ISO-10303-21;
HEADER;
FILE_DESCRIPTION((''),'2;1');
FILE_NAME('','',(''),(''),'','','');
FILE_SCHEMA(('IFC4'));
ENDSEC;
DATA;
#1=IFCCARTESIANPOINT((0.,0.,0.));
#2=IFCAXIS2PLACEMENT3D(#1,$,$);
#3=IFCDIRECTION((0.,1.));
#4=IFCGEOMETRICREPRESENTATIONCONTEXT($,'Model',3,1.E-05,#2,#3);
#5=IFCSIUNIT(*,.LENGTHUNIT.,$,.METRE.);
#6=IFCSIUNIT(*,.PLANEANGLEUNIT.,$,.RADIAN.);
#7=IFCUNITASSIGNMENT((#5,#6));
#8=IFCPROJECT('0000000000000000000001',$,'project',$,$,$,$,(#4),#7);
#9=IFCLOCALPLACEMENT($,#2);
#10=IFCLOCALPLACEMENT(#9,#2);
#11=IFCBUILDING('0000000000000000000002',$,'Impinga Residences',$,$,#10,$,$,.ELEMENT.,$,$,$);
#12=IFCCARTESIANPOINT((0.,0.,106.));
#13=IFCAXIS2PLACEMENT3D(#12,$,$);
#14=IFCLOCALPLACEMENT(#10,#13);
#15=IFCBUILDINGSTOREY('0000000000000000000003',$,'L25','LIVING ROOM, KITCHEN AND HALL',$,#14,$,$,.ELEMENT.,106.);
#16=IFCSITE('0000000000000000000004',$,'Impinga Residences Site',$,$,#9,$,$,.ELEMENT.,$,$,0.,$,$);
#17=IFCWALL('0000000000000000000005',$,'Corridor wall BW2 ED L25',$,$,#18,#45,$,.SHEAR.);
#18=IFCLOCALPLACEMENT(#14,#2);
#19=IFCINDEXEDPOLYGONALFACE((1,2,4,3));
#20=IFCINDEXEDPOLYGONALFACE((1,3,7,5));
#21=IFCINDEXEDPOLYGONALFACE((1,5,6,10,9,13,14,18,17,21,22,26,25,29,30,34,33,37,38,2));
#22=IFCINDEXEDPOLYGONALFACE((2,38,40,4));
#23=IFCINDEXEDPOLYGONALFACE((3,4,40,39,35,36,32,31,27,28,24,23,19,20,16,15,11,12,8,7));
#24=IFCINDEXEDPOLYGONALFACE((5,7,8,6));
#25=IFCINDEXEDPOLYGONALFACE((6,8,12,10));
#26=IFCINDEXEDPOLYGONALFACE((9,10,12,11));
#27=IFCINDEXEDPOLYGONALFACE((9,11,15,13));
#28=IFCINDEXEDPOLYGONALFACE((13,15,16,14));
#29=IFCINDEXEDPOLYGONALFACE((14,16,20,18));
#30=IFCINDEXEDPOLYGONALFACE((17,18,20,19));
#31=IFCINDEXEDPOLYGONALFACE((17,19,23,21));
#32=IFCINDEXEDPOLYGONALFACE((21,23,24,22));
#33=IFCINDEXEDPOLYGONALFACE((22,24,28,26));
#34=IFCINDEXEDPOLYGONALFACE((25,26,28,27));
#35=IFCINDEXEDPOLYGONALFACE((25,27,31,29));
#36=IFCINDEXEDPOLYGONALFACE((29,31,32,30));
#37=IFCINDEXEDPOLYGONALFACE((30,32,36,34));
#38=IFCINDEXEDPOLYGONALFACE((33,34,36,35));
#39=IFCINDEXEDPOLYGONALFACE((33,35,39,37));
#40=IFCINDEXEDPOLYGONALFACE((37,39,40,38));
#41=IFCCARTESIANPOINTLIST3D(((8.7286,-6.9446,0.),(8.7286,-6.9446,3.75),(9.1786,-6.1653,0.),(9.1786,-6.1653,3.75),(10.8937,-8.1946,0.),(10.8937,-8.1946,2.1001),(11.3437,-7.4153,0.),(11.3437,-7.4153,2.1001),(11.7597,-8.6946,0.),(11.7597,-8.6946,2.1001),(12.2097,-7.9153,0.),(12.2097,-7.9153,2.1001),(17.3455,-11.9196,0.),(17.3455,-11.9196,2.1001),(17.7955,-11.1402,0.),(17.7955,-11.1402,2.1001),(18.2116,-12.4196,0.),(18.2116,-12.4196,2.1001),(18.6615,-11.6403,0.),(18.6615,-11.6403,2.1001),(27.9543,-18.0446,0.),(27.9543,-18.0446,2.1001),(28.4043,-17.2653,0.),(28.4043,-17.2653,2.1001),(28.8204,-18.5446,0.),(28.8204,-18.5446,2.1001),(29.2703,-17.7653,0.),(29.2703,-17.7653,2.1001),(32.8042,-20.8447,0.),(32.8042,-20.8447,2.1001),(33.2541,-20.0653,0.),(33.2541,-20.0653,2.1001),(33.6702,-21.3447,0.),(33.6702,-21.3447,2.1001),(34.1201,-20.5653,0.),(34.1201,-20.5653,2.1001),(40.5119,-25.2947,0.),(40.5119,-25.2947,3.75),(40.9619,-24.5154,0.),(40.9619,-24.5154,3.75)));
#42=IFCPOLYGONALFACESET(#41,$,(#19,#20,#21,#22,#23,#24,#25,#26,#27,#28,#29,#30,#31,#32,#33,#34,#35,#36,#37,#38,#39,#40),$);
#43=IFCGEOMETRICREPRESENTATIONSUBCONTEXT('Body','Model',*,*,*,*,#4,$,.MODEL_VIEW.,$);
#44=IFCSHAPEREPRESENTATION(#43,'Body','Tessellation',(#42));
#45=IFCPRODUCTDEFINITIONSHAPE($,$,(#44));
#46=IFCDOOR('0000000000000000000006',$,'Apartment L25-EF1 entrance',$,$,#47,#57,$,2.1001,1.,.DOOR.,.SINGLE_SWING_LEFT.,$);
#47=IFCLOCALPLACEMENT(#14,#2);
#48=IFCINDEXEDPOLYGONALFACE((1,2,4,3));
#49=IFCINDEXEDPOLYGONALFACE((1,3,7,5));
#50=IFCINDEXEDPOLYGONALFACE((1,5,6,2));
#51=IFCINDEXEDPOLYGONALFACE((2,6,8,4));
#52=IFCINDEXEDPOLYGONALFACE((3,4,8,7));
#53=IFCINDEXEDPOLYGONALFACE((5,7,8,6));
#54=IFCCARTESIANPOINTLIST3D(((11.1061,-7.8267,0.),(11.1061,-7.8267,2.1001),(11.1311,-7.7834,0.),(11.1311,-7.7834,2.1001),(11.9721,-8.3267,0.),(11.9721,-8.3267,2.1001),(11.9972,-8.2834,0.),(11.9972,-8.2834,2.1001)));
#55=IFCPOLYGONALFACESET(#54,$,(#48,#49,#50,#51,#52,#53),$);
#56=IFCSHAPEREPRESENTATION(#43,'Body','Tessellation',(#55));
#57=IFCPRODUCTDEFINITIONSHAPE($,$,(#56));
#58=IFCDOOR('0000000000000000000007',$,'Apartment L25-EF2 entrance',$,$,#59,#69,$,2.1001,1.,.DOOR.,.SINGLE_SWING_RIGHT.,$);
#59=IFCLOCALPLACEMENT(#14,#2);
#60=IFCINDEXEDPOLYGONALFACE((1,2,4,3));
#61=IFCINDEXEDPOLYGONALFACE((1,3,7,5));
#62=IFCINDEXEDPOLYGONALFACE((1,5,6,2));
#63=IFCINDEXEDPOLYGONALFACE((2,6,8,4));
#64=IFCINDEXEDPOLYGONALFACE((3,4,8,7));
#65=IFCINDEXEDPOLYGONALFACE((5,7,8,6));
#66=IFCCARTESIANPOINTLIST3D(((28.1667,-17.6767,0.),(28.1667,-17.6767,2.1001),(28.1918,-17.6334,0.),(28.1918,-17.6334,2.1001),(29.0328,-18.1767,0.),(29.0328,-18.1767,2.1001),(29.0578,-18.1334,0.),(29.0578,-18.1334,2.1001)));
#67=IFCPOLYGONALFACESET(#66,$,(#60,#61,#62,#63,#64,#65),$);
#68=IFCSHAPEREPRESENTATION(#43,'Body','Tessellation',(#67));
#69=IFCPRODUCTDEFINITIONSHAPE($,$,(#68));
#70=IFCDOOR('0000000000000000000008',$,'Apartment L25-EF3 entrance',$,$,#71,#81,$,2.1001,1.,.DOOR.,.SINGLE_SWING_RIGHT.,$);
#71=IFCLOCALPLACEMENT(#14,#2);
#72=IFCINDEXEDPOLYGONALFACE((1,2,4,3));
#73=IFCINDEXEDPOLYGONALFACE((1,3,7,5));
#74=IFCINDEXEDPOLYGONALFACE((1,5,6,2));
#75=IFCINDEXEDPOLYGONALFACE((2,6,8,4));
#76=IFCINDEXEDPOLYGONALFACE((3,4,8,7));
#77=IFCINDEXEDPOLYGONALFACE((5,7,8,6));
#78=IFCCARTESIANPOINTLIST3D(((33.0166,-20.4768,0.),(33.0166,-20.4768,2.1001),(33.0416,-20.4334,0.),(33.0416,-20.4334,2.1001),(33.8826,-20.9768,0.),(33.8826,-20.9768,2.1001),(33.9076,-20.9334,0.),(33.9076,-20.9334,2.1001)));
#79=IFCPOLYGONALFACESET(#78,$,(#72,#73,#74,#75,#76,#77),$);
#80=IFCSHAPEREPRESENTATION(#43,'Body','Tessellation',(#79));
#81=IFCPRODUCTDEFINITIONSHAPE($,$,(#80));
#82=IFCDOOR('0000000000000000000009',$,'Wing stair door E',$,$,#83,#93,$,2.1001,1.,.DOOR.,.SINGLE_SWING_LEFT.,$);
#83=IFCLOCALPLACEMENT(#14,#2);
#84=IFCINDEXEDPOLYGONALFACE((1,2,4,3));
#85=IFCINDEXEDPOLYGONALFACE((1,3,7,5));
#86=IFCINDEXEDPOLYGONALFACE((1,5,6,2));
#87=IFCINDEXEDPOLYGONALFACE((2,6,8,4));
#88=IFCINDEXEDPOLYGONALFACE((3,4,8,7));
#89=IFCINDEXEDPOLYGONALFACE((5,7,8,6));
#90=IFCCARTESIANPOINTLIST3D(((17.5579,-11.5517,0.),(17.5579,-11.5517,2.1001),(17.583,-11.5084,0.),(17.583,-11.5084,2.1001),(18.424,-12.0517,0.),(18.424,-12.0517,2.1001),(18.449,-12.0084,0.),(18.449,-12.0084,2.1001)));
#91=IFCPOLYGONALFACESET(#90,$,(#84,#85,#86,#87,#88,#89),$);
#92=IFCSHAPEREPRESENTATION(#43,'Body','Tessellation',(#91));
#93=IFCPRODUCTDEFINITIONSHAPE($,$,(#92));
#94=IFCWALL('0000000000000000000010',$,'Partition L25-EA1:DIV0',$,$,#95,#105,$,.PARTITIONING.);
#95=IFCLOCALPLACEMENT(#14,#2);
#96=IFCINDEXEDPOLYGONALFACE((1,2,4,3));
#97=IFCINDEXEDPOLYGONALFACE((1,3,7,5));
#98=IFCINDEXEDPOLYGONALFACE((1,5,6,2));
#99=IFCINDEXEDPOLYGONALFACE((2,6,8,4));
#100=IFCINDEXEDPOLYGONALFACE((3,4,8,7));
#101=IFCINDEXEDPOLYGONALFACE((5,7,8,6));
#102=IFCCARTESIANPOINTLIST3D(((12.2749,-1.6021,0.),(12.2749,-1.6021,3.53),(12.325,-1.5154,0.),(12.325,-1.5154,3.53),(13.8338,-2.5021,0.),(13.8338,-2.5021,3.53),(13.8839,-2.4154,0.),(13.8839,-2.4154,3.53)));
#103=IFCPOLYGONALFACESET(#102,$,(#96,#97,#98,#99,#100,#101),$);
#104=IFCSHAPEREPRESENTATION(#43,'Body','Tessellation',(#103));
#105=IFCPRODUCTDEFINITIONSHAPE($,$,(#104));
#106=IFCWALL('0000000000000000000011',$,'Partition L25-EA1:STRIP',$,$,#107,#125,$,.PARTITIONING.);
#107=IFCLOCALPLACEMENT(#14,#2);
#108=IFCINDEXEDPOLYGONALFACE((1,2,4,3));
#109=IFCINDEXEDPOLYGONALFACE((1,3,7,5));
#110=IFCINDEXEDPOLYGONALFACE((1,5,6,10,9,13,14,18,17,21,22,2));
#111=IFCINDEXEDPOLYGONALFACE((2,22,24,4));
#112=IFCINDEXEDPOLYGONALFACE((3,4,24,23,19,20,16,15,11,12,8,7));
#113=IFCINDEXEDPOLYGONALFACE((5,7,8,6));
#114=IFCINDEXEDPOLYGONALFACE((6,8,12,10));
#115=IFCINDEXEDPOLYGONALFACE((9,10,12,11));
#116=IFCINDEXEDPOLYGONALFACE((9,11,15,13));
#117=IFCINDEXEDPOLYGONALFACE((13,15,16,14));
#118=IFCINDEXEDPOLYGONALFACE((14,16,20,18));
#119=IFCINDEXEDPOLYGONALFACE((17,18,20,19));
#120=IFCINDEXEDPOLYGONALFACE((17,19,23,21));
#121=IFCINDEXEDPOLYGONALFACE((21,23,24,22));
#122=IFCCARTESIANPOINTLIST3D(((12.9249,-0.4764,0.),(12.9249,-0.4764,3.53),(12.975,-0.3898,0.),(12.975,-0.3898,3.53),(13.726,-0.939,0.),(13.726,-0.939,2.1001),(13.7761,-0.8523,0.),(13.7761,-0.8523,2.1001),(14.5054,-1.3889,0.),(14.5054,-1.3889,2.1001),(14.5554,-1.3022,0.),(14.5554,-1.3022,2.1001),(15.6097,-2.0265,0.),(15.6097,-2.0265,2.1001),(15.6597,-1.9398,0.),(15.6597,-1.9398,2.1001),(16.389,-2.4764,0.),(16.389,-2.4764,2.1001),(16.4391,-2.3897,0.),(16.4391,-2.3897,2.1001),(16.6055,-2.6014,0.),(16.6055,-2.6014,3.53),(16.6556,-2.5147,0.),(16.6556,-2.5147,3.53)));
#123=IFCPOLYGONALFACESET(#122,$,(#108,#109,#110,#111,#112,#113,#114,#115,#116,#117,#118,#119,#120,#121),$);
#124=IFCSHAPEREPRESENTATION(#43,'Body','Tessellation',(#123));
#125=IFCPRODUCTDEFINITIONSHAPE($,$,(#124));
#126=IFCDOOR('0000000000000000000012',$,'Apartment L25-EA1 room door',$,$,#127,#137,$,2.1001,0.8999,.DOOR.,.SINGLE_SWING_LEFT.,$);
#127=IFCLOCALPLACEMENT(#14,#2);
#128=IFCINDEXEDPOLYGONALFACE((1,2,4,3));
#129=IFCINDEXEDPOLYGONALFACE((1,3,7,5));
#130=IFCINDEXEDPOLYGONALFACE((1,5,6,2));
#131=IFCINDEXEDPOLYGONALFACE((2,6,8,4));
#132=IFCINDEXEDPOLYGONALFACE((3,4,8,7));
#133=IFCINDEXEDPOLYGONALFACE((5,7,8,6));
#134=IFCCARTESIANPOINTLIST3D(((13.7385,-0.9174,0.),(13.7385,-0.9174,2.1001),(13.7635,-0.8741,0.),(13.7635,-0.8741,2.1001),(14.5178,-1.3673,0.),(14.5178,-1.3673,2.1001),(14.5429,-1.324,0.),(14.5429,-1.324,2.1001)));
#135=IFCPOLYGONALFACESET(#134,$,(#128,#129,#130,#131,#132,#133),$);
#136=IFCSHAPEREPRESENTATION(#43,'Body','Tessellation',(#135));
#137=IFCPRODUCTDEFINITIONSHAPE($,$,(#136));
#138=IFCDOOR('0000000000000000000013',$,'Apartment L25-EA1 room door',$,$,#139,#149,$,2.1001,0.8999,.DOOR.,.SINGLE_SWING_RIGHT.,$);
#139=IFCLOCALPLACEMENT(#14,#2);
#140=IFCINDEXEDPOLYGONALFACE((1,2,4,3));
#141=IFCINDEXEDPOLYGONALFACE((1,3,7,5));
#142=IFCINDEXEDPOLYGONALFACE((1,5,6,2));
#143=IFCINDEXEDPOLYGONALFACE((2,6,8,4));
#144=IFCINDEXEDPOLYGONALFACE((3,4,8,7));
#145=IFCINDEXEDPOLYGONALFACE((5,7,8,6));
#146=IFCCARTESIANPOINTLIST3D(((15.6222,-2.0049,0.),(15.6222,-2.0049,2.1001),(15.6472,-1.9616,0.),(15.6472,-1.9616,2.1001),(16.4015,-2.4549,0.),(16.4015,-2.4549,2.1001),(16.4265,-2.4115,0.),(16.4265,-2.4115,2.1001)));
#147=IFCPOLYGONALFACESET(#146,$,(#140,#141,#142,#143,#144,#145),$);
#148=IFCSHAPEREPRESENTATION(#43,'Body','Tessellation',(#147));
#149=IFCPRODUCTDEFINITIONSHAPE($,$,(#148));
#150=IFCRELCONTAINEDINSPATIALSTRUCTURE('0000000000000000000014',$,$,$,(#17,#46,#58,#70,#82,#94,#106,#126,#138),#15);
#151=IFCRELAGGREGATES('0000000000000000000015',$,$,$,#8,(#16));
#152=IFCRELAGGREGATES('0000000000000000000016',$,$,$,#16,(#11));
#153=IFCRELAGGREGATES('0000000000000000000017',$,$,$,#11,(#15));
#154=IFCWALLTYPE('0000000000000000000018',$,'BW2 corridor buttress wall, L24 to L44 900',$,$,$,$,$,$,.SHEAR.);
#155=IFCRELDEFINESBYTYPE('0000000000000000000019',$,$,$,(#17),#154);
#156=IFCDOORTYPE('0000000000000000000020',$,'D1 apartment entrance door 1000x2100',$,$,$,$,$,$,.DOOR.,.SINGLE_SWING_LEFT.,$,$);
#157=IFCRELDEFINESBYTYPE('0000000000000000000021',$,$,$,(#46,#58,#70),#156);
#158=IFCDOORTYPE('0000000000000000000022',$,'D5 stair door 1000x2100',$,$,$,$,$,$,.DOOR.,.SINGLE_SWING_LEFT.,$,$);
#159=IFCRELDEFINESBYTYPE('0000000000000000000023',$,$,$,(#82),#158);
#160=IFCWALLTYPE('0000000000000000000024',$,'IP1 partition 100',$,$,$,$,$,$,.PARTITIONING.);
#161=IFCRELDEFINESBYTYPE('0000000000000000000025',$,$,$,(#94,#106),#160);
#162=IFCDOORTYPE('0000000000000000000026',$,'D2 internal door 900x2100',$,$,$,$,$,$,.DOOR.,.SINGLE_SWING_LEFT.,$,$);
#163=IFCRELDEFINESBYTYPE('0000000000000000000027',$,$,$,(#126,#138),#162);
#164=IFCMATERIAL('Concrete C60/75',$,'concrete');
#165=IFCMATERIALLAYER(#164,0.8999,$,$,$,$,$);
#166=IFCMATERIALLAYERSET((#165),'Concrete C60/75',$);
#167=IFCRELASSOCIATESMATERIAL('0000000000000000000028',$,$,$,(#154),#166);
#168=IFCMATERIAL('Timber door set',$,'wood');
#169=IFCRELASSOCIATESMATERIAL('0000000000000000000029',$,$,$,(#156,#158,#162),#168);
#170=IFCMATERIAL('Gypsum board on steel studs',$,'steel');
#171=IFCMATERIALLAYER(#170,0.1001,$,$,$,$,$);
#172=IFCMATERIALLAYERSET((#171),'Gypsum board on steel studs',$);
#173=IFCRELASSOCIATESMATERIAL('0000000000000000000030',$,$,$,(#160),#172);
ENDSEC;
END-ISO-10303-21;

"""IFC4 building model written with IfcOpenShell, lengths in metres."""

from ifc_helpers import new_model, si_unit, direction, frame, frame_2d, origin, place, context, subcontext, project, spatial, rectangle, extrude, material, layer, layer_set, type_object, element, fill, save


model = new_model("IFC4")

# Units and contexts
model_context = context("Model", 3, precision=1e-05, world=origin(), true_north=direction((0.0, 1.0)))
body_context = subcontext(model_context, "Body", "Model", "MODEL_VIEW")
ifc_project = project(units=[si_unit("LENGTHUNIT", "METRE"), si_unit("PLANEANGLEUNIT", "RADIAN")], contexts=[model_context])

# Site, building, storey
site_placement = place(None, origin())
site = spatial("IfcSite", under=ifc_project, at=site_placement, Name="Impinga Residences Site", CompositionType="ELEMENT", RefElevation=0.0)
building_placement = place(site_placement, origin())
building = spatial("IfcBuilding", under=site, at=building_placement, Name="Impinga Residences", CompositionType="ELEMENT")
storey_placement = place(building_placement, frame((0.0, 0.0, 106.0)))
storey = spatial("IfcBuildingStorey", under=building, at=storey_placement, Name="L25", Description="LIVING ROOM, KITCHEN AND HALL", CompositionType="ELEMENT", Elevation=106.0)

# Wall, openings, doors
ifc_material_1 = material(Name="Concrete C60/75", Category="concrete")
ifc_layer_1 = layer(ifc_material_1, 0.8999)
ifc_layer_set_1 = layer_set([ifc_layer_1], Name="Concrete C60/75")
wall_type_1 = type_object("IfcWallType", Name="BW2 corridor buttress wall, L24 to L44 900", PredefinedType="SHEAR", material=ifc_layer_set_1)
ifc_material_2 = material(Name="Timber door set", Category="wood")
door_type_1 = type_object("IfcDoorType", Name="D1 apartment entrance door 1000x2100", OperationType="SINGLE_SWING_LEFT", PredefinedType="DOOR", material=ifc_material_2)
wall_1_placement = place(storey_placement, frame((8.9536, -6.5549, 0.0), z_axis=(0.0, 0.0, 1.0), x_axis=(0.866025, -0.500001, 0.0)))
wall_1 = element("IfcWall", 1, at=wall_1_placement, inside=storey, type_object=wall_type_1, Name="Corridor wall BW2 ED L25", PredefinedType="SHEAR", context=body_context, shape_type="SweptSolid", body=[
    extrude(rectangle(XDim=36.7002, YDim=0.8999, at=frame_2d((18.3501, 0.0))), origin(), (0.0, 0.0, 1.0), 3.75),
])
opening_1_placement = place(wall_1_placement, frame((9.95, 0.0, 0.0)))
opening_1 = element("IfcOpeningElement", 2, at=opening_1_placement, cuts=wall_1, PredefinedType="OPENING", context=body_context, shape_type="SweptSolid", body=[
    extrude(rectangle(XDim=1.0, YDim=2.1001, at=frame_2d((0.5, 1.05))), frame((0.0, 0.46, 0.0), z_axis=(0.0, -1.0, 0.0), x_axis=(1.0, 0.0, 0.0)), (0.0, 0.0, 1.0), 0.9199),
])
opening_2_placement = place(wall_1_placement, frame((2.5, 0.0, 0.0)))
opening_2 = element("IfcOpeningElement", 3, at=opening_2_placement, cuts=wall_1, PredefinedType="OPENING", context=body_context, shape_type="SweptSolid", body=[
    extrude(rectangle(XDim=1.0, YDim=2.1001, at=frame_2d((0.5, 1.05))), frame((0.0, 0.46, 0.0), z_axis=(0.0, -1.0, 0.0), x_axis=(1.0, 0.0, 0.0)), (0.0, 0.0, 1.0), 0.9199),
])
opening_3_placement = place(wall_1_placement, frame((22.2, 0.0, 0.0)))
opening_3 = element("IfcOpeningElement", 4, at=opening_3_placement, cuts=wall_1, PredefinedType="OPENING", context=body_context, shape_type="SweptSolid", body=[
    extrude(rectangle(XDim=1.0, YDim=2.1001, at=frame_2d((0.5, 1.05))), frame((0.0, 0.46, 0.0), z_axis=(0.0, -1.0, 0.0), x_axis=(1.0, 0.0, 0.0)), (0.0, 0.0, 1.0), 0.9199),
])
opening_4_placement = place(wall_1_placement, frame((27.8, 0.0, 0.0)))
opening_4 = element("IfcOpeningElement", 5, at=opening_4_placement, cuts=wall_1, PredefinedType="OPENING", context=body_context, shape_type="SweptSolid", body=[
    extrude(rectangle(XDim=1.0, YDim=2.1001, at=frame_2d((0.5, 1.05))), frame((0.0, 0.46, 0.0), z_axis=(0.0, -1.0, 0.0), x_axis=(1.0, 0.0, 0.0)), (0.0, 0.0, 1.0), 0.9199),
])
door_1_placement = place(opening_2_placement, origin())
door_1 = element("IfcDoor", 6, at=door_1_placement, inside=storey, type_object=door_type_1, Name="Apartment L25-EF1 entrance", OperationType="SINGLE_SWING_LEFT", OverallHeight=2.1001, OverallWidth=1.0, PredefinedType="DOOR", context=body_context, shape_type="SweptSolid", body=[
    extrude(rectangle(XDim=1.0, YDim=2.1001, at=frame_2d((0.5, 1.05))), frame((0.0, 0.0249, 0.0), z_axis=(0.0, -1.0, 0.0), x_axis=(1.0, 0.0, 0.0)), (0.0, 0.0, 1.0), 0.05),
])
fill(opening_2, door_1)
door_2_placement = place(opening_3_placement, origin())
door_2 = element("IfcDoor", 7, at=door_2_placement, inside=storey, type_object=door_type_1, Name="Apartment L25-EF2 entrance", OperationType="SINGLE_SWING_RIGHT", OverallHeight=2.1001, OverallWidth=1.0, PredefinedType="DOOR", context=body_context, shape_type="SweptSolid", body=[
    extrude(rectangle(XDim=1.0, YDim=2.1001, at=frame_2d((0.5, 1.05))), frame((0.0, 0.0249, 0.0), z_axis=(0.0, -1.0, 0.0), x_axis=(1.0, 0.0, 0.0)), (0.0, 0.0, 1.0), 0.05),
])
fill(opening_3, door_2)
door_3_placement = place(opening_4_placement, origin())
door_3 = element("IfcDoor", 8, at=door_3_placement, inside=storey, type_object=door_type_1, Name="Apartment L25-EF3 entrance", OperationType="SINGLE_SWING_RIGHT", OverallHeight=2.1001, OverallWidth=1.0, PredefinedType="DOOR", context=body_context, shape_type="SweptSolid", body=[
    extrude(rectangle(XDim=1.0, YDim=2.1001, at=frame_2d((0.5, 1.05))), frame((0.0, 0.0249, 0.0), z_axis=(0.0, -1.0, 0.0), x_axis=(1.0, 0.0, 0.0)), (0.0, 0.0, 1.0), 0.05),
])
fill(opening_4, door_3)
door_type_2 = type_object("IfcDoorType", Name="D5 stair door 1000x2100", OperationType="SINGLE_SWING_LEFT", PredefinedType="DOOR", material=ifc_material_2)
door_4_placement = place(opening_1_placement, origin())
door_4 = element("IfcDoor", 9, at=door_4_placement, inside=storey, type_object=door_type_2, Name="Wing stair door E", OperationType="SINGLE_SWING_LEFT", OverallHeight=2.1001, OverallWidth=1.0, PredefinedType="DOOR", context=body_context, shape_type="SweptSolid", body=[
    extrude(rectangle(XDim=1.0, YDim=2.1001, at=frame_2d((0.5, 1.05))), frame((0.0, 0.0249, 0.0), z_axis=(0.0, -1.0, 0.0), x_axis=(1.0, 0.0, 0.0)), (0.0, 0.0, 1.0), 0.05),
])
fill(opening_1, door_4)

# Wall
ifc_material_3 = material(Name="Gypsum board on steel studs", Category="steel")
ifc_layer_2 = layer(ifc_material_3, 0.1001)
ifc_layer_set_2 = layer_set([ifc_layer_2], Name="Gypsum board on steel studs")
wall_type_2 = type_object("IfcWallType", Name="IP1 partition 100", PredefinedType="PARTITIONING", material=ifc_layer_set_2)
wall_2_placement = place(storey_placement, frame((12.3, -1.5588, 0.0), z_axis=(0.0, 0.0, 1.0), x_axis=(0.866048, -0.499961, 0.0)))
element("IfcWall", 10, at=wall_2_placement, inside=storey, type_object=wall_type_2, Name="Partition L25-EA1:DIV0", PredefinedType="PARTITIONING", context=body_context, shape_type="SweptSolid", body=[
    extrude(rectangle(XDim=1.8, YDim=0.1001, at=frame_2d((0.8999, 0.0))), origin(), (0.0, 0.0, 1.0), 3.53),
])

# Wall, openings, doors
wall_3_placement = place(storey_placement, frame((12.95, -0.4331, 0.0), z_axis=(0.0, 0.0, 1.0), x_axis=(0.866029, -0.499994, 0.0)))
wall_3 = element("IfcWall", 11, at=wall_3_placement, inside=storey, type_object=wall_type_2, Name="Partition L25-EA1:STRIP", PredefinedType="PARTITIONING", context=body_context, shape_type="SweptSolid", body=[
    extrude(rectangle(XDim=4.25, YDim=0.1001, at=frame_2d((2.125, 0.0))), origin(), (0.0, 0.0, 1.0), 3.53),
])
opening_5_placement = place(wall_3_placement, frame((0.925, 0.0, 0.0)))
opening_5 = element("IfcOpeningElement", 12, at=opening_5_placement, cuts=wall_3, PredefinedType="OPENING", context=body_context, shape_type="SweptSolid", body=[
    extrude(rectangle(XDim=0.8999, YDim=2.1001, at=frame_2d((0.45, 1.05))), frame((0.0, 0.0601, 0.0), z_axis=(0.0, -1.0, 0.0), x_axis=(1.0, 0.0, 0.0)), (0.0, 0.0, 1.0), 0.1201),
])
opening_6_placement = place(wall_3_placement, frame((3.1001, 0.0, 0.0)))
opening_6 = element("IfcOpeningElement", 13, at=opening_6_placement, cuts=wall_3, PredefinedType="OPENING", context=body_context, shape_type="SweptSolid", body=[
    extrude(rectangle(XDim=0.8999, YDim=2.1001, at=frame_2d((0.45, 1.05))), frame((0.0, 0.0601, 0.0), z_axis=(0.0, -1.0, 0.0), x_axis=(1.0, 0.0, 0.0)), (0.0, 0.0, 1.0), 0.1201),
])
door_type_3 = type_object("IfcDoorType", Name="D2 internal door 900x2100", OperationType="SINGLE_SWING_LEFT", PredefinedType="DOOR", material=ifc_material_2)
door_5_placement = place(opening_5_placement, origin())
door_5 = element("IfcDoor", 14, at=door_5_placement, inside=storey, type_object=door_type_3, Name="Apartment L25-EA1 room door", OperationType="SINGLE_SWING_LEFT", OverallHeight=2.1001, OverallWidth=0.8999, PredefinedType="DOOR", context=body_context, shape_type="SweptSolid", body=[
    extrude(rectangle(XDim=0.8999, YDim=2.1001, at=frame_2d((0.45, 1.05))), frame((0.0, 0.0249, 0.0), z_axis=(0.0, -1.0, 0.0), x_axis=(1.0, 0.0, 0.0)), (0.0, 0.0, 1.0), 0.05),
])
fill(opening_5, door_5)
door_6_placement = place(opening_6_placement, origin())
door_6 = element("IfcDoor", 15, at=door_6_placement, inside=storey, type_object=door_type_3, Name="Apartment L25-EA1 room door", OperationType="SINGLE_SWING_RIGHT", OverallHeight=2.1001, OverallWidth=0.8999, PredefinedType="DOOR", context=body_context, shape_type="SweptSolid", body=[
    extrude(rectangle(XDim=0.8999, YDim=2.1001, at=frame_2d((0.45, 1.05))), frame((0.0, 0.0249, 0.0), z_axis=(0.0, -1.0, 0.0), x_axis=(1.0, 0.0, 0.0)), (0.0, 0.0, 1.0), 0.05),
])
fill(opening_6, door_6)

save(model, "model.ifc")
